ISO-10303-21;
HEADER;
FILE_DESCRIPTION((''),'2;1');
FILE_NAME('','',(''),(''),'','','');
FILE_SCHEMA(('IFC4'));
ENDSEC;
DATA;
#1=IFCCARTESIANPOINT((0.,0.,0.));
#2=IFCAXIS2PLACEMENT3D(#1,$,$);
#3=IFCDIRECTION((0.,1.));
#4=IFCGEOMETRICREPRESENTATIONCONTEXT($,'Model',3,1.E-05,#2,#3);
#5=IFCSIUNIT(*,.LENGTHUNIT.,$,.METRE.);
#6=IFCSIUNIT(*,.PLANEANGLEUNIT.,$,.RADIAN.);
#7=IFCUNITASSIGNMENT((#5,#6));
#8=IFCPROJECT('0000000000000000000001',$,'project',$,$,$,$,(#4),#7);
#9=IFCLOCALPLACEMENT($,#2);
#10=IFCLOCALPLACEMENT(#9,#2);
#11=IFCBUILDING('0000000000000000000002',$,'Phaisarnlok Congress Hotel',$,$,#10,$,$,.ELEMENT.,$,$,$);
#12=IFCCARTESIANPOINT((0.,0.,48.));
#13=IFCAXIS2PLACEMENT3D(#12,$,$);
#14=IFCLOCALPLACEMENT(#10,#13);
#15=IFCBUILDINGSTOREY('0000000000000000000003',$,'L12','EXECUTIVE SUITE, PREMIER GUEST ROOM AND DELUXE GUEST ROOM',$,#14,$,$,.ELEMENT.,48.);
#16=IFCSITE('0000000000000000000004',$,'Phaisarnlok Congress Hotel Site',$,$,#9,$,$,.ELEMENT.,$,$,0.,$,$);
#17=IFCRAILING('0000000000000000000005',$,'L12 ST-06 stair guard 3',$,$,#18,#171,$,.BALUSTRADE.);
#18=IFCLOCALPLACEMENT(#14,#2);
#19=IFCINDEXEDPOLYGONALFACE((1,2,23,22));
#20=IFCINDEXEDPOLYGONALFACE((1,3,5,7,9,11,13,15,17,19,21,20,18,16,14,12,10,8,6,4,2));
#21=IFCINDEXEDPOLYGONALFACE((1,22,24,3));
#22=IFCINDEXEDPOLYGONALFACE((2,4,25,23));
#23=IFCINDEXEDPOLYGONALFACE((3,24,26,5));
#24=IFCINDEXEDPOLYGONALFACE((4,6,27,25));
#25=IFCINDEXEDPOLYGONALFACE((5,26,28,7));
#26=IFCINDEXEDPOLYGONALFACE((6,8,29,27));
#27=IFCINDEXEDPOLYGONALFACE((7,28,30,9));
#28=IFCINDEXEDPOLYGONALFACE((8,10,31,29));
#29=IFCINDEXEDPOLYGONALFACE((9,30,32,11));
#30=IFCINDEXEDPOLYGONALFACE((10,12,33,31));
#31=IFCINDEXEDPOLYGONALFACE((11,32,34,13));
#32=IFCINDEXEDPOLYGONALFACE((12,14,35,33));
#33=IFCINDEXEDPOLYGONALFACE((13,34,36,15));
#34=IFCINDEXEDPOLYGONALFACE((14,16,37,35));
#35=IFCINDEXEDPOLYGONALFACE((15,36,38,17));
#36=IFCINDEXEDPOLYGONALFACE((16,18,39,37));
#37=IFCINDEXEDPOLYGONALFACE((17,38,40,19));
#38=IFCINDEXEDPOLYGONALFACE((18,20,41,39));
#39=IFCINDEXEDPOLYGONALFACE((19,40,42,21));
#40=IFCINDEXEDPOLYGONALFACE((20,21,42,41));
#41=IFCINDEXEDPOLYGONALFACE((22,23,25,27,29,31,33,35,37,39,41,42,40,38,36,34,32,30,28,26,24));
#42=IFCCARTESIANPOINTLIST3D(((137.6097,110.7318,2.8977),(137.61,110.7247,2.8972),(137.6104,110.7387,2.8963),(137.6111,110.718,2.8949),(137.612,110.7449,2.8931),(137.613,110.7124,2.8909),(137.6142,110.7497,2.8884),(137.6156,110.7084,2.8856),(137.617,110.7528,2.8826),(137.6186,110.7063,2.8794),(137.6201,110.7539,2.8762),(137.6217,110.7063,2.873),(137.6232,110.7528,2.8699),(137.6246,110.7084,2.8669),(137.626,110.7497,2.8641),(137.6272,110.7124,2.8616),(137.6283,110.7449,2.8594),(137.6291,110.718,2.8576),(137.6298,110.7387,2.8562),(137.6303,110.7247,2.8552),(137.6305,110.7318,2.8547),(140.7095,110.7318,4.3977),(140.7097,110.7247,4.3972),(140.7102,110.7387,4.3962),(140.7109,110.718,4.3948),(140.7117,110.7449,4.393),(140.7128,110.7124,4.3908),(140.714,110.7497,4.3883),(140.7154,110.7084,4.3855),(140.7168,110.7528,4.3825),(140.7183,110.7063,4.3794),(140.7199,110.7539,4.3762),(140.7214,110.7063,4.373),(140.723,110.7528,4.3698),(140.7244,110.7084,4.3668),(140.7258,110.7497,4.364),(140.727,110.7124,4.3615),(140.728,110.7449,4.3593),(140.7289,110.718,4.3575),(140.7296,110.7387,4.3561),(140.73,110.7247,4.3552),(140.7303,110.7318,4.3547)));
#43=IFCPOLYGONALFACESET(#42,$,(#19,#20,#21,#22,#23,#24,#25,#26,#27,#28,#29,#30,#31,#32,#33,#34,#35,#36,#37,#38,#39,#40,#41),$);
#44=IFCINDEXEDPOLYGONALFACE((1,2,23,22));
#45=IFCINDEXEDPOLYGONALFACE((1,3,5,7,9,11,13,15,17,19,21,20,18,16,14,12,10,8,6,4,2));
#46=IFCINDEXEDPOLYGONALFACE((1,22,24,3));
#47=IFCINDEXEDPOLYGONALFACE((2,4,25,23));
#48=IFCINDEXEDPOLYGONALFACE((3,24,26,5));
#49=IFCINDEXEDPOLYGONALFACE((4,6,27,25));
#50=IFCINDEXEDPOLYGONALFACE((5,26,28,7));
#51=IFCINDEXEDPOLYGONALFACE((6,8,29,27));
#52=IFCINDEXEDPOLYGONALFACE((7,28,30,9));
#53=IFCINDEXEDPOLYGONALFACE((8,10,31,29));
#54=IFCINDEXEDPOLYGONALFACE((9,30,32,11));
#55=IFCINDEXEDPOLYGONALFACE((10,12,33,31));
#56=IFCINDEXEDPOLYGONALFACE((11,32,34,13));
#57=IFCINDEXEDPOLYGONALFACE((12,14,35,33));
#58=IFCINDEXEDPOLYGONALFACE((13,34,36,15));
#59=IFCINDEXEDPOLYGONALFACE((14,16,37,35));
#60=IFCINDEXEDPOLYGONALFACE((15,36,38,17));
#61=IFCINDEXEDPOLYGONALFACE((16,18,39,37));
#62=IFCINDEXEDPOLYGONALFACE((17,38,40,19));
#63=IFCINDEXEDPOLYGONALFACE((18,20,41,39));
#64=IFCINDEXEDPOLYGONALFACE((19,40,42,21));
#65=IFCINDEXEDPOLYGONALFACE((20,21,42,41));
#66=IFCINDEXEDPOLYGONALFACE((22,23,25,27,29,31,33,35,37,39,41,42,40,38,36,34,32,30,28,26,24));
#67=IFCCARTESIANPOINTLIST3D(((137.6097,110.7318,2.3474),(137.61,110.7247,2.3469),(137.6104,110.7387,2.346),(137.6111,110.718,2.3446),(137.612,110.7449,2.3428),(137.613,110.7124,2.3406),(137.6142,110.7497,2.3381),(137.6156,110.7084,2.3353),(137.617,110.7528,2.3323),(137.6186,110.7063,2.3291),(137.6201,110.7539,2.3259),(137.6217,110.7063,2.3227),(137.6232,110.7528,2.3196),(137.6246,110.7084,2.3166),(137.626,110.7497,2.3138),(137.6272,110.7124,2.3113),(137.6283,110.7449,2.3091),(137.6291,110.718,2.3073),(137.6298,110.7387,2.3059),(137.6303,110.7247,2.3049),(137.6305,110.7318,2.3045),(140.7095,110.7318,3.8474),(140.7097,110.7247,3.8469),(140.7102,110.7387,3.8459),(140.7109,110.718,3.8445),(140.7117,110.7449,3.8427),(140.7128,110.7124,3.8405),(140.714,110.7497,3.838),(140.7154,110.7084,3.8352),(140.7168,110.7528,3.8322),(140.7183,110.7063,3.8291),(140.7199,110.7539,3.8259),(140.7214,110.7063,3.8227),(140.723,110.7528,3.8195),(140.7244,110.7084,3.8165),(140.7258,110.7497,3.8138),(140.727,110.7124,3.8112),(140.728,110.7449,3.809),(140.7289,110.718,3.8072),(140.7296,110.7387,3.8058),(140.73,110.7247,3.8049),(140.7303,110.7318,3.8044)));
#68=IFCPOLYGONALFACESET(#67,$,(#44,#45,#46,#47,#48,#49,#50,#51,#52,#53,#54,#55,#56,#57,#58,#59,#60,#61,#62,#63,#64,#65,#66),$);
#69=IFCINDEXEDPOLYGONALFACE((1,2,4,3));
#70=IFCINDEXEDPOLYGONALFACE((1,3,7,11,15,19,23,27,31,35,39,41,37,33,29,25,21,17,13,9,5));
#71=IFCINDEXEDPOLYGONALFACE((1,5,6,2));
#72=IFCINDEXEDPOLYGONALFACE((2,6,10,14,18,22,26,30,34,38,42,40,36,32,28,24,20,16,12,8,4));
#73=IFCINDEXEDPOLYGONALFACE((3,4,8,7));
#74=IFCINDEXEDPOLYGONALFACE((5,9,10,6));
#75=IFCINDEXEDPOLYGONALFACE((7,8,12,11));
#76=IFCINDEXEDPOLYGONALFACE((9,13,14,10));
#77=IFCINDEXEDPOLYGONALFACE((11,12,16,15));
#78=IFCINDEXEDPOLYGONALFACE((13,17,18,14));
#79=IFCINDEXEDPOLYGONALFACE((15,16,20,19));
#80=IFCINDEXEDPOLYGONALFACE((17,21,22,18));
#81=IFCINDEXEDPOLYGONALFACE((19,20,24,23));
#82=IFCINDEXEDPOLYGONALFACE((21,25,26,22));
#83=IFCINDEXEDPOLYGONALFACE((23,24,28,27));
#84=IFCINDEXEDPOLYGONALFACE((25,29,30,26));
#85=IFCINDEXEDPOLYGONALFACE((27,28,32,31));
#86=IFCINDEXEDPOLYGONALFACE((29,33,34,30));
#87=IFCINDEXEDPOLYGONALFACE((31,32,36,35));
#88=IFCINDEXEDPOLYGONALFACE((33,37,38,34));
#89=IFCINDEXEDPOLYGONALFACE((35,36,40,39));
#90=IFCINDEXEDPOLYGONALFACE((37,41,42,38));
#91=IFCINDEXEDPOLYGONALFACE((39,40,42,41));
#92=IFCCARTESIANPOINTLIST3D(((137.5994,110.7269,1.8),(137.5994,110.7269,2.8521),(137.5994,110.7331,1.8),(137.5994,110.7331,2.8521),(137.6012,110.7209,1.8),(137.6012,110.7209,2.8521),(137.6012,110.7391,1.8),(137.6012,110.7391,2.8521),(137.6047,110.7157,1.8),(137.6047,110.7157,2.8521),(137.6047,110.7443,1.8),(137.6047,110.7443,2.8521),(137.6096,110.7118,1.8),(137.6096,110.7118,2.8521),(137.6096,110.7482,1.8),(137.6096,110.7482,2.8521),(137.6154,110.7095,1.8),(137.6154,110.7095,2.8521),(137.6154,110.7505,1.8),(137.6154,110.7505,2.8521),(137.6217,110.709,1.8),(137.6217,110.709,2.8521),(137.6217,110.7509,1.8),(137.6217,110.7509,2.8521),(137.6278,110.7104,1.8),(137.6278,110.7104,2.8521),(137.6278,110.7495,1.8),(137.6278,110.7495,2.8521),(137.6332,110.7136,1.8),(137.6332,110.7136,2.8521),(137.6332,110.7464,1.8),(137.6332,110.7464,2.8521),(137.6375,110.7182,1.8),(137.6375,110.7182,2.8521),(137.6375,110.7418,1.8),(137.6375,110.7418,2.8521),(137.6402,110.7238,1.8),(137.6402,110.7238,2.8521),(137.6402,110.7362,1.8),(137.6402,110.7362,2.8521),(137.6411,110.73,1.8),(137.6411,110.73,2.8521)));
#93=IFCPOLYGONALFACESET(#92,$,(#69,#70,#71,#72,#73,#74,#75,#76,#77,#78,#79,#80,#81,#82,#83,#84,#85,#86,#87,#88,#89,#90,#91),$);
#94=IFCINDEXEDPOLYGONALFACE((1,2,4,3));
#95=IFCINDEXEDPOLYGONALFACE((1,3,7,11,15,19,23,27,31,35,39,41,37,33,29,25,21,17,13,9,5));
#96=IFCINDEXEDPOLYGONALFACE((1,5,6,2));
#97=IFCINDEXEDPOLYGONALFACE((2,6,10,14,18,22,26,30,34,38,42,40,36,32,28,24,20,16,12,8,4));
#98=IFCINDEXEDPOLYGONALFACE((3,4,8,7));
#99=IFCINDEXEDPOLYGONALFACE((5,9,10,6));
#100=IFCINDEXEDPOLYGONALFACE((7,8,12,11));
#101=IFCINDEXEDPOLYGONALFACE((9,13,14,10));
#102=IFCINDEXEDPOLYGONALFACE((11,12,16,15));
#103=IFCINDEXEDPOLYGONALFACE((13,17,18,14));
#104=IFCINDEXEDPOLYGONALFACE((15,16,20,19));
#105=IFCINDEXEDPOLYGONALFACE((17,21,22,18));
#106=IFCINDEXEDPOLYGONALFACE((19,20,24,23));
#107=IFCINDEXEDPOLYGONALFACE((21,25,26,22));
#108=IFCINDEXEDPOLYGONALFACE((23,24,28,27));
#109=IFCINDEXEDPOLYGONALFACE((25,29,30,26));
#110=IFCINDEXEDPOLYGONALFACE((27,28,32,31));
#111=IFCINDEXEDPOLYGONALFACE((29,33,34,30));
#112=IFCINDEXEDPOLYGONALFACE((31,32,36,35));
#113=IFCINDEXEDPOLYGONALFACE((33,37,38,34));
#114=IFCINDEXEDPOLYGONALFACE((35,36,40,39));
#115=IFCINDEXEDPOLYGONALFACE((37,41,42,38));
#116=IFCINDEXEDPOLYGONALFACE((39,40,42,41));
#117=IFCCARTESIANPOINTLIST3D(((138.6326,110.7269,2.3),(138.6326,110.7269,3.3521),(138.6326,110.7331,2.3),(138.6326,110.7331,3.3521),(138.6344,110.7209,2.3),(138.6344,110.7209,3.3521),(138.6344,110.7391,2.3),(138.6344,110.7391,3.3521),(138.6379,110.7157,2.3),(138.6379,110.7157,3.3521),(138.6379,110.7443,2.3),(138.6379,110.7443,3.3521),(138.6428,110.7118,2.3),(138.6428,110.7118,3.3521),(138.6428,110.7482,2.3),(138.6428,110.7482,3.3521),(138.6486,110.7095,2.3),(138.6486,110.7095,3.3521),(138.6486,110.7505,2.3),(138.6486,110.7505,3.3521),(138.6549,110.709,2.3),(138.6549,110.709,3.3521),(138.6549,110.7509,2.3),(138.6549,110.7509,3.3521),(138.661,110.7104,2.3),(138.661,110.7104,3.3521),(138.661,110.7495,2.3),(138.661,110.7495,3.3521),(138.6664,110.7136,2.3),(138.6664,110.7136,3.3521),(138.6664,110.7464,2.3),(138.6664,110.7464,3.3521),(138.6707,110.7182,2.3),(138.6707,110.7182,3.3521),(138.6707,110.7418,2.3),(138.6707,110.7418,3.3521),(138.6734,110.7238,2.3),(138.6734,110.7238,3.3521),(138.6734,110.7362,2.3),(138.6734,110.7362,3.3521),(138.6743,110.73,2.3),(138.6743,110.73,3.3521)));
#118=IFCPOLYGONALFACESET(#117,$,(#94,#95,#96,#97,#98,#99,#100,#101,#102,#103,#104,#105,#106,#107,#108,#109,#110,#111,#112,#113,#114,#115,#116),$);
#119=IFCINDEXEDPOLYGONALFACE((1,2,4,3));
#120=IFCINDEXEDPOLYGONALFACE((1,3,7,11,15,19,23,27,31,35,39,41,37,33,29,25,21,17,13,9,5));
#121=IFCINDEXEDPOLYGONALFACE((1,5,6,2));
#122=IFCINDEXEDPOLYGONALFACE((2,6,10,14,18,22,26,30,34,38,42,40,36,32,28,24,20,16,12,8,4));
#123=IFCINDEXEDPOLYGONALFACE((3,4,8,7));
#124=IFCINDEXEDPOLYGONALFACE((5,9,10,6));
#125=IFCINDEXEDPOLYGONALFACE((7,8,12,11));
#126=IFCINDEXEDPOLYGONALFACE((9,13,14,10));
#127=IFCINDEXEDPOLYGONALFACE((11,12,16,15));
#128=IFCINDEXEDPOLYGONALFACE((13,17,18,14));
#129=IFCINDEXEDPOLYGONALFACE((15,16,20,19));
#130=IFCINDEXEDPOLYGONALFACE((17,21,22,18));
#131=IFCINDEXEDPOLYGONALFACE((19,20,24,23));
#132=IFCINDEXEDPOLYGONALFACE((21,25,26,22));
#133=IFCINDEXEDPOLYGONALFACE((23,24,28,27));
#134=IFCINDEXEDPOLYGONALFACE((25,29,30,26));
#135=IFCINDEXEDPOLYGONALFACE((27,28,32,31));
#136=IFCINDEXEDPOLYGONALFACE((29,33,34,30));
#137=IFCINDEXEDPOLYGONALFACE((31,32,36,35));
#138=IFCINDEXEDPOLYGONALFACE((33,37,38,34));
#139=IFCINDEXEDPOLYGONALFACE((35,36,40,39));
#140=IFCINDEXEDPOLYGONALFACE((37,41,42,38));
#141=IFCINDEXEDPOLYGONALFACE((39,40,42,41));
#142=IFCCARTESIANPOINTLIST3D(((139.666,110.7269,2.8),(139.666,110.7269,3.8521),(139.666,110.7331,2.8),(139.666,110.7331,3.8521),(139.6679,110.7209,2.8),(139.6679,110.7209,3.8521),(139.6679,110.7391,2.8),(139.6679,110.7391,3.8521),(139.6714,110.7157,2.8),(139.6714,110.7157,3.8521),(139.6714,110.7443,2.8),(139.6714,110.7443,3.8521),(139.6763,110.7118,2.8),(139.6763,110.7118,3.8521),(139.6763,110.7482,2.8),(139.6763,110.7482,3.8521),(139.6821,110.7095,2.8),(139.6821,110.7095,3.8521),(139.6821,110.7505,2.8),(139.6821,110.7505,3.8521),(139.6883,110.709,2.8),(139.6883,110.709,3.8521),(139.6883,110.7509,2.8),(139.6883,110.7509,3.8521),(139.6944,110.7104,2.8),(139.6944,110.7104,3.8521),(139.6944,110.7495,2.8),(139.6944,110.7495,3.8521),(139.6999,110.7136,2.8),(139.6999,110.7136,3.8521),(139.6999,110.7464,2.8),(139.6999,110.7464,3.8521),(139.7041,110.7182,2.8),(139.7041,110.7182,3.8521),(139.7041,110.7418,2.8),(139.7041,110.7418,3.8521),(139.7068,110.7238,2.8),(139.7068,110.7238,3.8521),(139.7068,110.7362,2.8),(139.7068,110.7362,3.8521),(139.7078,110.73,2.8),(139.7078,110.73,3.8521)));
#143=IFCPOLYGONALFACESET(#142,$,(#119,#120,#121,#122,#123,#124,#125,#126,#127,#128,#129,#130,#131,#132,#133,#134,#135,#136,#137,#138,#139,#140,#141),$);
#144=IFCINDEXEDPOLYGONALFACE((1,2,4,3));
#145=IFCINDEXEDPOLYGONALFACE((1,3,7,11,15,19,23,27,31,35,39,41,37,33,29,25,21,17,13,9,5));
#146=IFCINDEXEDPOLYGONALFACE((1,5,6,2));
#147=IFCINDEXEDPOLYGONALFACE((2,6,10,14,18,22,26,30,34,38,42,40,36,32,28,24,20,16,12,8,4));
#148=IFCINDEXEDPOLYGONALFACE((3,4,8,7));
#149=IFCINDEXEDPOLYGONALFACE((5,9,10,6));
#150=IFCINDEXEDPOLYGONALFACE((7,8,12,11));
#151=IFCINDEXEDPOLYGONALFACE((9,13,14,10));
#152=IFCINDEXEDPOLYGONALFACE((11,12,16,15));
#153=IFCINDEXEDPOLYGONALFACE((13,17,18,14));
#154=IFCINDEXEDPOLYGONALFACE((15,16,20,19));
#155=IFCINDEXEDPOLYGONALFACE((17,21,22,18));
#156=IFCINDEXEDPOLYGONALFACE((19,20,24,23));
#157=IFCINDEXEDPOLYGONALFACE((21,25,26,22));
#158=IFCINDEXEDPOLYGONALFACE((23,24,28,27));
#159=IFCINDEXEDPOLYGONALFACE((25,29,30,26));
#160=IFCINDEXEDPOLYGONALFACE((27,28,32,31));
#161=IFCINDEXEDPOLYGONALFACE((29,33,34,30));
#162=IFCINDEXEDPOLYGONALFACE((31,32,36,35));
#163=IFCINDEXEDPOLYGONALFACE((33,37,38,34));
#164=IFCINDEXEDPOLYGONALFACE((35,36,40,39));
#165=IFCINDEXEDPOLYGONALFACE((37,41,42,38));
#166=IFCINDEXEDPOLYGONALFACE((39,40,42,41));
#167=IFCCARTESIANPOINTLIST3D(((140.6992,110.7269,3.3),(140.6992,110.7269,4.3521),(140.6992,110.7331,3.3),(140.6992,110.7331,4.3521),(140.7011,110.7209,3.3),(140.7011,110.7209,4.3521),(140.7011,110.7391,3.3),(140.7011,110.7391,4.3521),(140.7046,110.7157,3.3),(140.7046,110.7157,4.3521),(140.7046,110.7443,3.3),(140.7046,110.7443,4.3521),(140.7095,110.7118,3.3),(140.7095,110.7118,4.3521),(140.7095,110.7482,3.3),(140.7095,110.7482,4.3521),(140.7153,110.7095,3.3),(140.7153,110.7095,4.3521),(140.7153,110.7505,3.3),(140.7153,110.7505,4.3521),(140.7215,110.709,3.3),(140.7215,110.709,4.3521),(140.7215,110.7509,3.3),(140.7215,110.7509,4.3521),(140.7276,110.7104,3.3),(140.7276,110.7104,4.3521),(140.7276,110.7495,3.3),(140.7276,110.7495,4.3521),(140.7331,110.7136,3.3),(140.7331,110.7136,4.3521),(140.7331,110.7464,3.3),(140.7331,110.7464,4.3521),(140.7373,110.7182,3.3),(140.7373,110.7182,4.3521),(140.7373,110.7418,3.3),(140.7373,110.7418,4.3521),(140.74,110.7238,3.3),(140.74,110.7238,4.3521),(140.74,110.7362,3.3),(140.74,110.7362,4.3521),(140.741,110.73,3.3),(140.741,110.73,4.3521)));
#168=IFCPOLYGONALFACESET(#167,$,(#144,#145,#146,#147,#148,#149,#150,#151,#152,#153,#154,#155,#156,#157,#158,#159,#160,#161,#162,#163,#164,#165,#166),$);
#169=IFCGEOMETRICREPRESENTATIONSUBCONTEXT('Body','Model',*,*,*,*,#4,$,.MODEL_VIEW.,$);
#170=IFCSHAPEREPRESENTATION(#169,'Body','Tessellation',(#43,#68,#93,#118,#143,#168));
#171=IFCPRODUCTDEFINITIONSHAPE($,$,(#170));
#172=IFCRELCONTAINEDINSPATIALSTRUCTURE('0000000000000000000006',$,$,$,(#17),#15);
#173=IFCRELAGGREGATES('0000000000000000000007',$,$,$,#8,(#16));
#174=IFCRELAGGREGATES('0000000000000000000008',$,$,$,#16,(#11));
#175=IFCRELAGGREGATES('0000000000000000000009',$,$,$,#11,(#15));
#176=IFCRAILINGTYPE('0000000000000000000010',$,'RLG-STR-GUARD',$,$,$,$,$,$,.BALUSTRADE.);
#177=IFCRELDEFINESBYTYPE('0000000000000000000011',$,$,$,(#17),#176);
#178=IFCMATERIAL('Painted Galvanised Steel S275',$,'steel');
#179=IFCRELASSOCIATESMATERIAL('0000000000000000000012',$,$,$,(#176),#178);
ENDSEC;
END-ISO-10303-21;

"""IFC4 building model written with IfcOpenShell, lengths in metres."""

from ifc_helpers import new_model, si_unit, direction, frame, origin, origin_2d, place, context, subcontext, project, spatial, circle, extrude, material, type_object, element, save


model = new_model("IFC4")

# Units and contexts
model_context = context("Model", 3, precision=1e-05, world=origin(), true_north=direction((0.0, 1.0)))
body_context = subcontext(model_context, "Body", "Model", "MODEL_VIEW")
ifc_project = project(units=[si_unit("LENGTHUNIT", "METRE"), si_unit("PLANEANGLEUNIT", "RADIAN")], contexts=[model_context])

# Site, building, storey
site_placement = place(None, origin())
site = spatial("IfcSite", under=ifc_project, at=site_placement, Name="Phaisarnlok Congress Hotel Site", CompositionType="ELEMENT", RefElevation=0.0)
building_placement = place(site_placement, origin())
building = spatial("IfcBuilding", under=site, at=building_placement, Name="Phaisarnlok Congress Hotel", CompositionType="ELEMENT")
storey_placement = place(building_placement, frame((0.0, 0.0, 48.0)))
storey = spatial("IfcBuildingStorey", under=building, at=storey_placement, Name="L12", Description="EXECUTIVE SUITE, PREMIER GUEST ROOM AND DELUXE GUEST ROOM", CompositionType="ELEMENT", Elevation=48.0)

# Railing
ifc_material_1 = material(Name="Painted Galvanised Steel S275", Category="steel")
railing_type_1 = type_object("IfcRailingType", Name="RLG-STR-GUARD", PredefinedType="BALUSTRADE", material=ifc_material_1)
railing_1_placement = place(storey_placement, frame((137.6201, 110.73, 1.8)))
element("IfcRailing", 1, at=railing_1_placement, inside=storey, type_object=railing_type_1, Name="L12 ST-06 stair guard 3", PredefinedType="BALUSTRADE", context=body_context, shape_type="SweptSolid", body=[
    extrude(circle(Radius=0.0239, at=origin_2d()), frame((0.0, 0.0, 1.0762), z_axis=(0.900151, 0.0, 0.435578), x_axis=(0.0, 1.0, 0.0)), (0.0, 0.0, 1.0), 3.4436),
    extrude(circle(Radius=0.0239, at=origin_2d()), frame((0.0, 0.0, 0.5259), z_axis=(0.900151, 0.0, 0.435578), x_axis=(0.0, 1.0, 0.0)), (0.0, 0.0, 1.0), 3.4436),
    extrude(circle(Radius=0.021, at=origin_2d()), origin(), (0.0, 0.0, 1.0), 1.052),
    extrude(circle(Radius=0.021, at=origin_2d()), frame((1.0332, 0.0, 0.5)), (0.0, 0.0, 1.0), 1.052),
    extrude(circle(Radius=0.021, at=origin_2d()), frame((2.0667, 0.0, 1.0)), (0.0, 0.0, 1.0), 1.052),
    extrude(circle(Radius=0.021, at=origin_2d()), frame((3.0999, 0.0, 1.5)), (0.0, 0.0, 1.0), 1.052),
])

save(model, "model.ifc")
